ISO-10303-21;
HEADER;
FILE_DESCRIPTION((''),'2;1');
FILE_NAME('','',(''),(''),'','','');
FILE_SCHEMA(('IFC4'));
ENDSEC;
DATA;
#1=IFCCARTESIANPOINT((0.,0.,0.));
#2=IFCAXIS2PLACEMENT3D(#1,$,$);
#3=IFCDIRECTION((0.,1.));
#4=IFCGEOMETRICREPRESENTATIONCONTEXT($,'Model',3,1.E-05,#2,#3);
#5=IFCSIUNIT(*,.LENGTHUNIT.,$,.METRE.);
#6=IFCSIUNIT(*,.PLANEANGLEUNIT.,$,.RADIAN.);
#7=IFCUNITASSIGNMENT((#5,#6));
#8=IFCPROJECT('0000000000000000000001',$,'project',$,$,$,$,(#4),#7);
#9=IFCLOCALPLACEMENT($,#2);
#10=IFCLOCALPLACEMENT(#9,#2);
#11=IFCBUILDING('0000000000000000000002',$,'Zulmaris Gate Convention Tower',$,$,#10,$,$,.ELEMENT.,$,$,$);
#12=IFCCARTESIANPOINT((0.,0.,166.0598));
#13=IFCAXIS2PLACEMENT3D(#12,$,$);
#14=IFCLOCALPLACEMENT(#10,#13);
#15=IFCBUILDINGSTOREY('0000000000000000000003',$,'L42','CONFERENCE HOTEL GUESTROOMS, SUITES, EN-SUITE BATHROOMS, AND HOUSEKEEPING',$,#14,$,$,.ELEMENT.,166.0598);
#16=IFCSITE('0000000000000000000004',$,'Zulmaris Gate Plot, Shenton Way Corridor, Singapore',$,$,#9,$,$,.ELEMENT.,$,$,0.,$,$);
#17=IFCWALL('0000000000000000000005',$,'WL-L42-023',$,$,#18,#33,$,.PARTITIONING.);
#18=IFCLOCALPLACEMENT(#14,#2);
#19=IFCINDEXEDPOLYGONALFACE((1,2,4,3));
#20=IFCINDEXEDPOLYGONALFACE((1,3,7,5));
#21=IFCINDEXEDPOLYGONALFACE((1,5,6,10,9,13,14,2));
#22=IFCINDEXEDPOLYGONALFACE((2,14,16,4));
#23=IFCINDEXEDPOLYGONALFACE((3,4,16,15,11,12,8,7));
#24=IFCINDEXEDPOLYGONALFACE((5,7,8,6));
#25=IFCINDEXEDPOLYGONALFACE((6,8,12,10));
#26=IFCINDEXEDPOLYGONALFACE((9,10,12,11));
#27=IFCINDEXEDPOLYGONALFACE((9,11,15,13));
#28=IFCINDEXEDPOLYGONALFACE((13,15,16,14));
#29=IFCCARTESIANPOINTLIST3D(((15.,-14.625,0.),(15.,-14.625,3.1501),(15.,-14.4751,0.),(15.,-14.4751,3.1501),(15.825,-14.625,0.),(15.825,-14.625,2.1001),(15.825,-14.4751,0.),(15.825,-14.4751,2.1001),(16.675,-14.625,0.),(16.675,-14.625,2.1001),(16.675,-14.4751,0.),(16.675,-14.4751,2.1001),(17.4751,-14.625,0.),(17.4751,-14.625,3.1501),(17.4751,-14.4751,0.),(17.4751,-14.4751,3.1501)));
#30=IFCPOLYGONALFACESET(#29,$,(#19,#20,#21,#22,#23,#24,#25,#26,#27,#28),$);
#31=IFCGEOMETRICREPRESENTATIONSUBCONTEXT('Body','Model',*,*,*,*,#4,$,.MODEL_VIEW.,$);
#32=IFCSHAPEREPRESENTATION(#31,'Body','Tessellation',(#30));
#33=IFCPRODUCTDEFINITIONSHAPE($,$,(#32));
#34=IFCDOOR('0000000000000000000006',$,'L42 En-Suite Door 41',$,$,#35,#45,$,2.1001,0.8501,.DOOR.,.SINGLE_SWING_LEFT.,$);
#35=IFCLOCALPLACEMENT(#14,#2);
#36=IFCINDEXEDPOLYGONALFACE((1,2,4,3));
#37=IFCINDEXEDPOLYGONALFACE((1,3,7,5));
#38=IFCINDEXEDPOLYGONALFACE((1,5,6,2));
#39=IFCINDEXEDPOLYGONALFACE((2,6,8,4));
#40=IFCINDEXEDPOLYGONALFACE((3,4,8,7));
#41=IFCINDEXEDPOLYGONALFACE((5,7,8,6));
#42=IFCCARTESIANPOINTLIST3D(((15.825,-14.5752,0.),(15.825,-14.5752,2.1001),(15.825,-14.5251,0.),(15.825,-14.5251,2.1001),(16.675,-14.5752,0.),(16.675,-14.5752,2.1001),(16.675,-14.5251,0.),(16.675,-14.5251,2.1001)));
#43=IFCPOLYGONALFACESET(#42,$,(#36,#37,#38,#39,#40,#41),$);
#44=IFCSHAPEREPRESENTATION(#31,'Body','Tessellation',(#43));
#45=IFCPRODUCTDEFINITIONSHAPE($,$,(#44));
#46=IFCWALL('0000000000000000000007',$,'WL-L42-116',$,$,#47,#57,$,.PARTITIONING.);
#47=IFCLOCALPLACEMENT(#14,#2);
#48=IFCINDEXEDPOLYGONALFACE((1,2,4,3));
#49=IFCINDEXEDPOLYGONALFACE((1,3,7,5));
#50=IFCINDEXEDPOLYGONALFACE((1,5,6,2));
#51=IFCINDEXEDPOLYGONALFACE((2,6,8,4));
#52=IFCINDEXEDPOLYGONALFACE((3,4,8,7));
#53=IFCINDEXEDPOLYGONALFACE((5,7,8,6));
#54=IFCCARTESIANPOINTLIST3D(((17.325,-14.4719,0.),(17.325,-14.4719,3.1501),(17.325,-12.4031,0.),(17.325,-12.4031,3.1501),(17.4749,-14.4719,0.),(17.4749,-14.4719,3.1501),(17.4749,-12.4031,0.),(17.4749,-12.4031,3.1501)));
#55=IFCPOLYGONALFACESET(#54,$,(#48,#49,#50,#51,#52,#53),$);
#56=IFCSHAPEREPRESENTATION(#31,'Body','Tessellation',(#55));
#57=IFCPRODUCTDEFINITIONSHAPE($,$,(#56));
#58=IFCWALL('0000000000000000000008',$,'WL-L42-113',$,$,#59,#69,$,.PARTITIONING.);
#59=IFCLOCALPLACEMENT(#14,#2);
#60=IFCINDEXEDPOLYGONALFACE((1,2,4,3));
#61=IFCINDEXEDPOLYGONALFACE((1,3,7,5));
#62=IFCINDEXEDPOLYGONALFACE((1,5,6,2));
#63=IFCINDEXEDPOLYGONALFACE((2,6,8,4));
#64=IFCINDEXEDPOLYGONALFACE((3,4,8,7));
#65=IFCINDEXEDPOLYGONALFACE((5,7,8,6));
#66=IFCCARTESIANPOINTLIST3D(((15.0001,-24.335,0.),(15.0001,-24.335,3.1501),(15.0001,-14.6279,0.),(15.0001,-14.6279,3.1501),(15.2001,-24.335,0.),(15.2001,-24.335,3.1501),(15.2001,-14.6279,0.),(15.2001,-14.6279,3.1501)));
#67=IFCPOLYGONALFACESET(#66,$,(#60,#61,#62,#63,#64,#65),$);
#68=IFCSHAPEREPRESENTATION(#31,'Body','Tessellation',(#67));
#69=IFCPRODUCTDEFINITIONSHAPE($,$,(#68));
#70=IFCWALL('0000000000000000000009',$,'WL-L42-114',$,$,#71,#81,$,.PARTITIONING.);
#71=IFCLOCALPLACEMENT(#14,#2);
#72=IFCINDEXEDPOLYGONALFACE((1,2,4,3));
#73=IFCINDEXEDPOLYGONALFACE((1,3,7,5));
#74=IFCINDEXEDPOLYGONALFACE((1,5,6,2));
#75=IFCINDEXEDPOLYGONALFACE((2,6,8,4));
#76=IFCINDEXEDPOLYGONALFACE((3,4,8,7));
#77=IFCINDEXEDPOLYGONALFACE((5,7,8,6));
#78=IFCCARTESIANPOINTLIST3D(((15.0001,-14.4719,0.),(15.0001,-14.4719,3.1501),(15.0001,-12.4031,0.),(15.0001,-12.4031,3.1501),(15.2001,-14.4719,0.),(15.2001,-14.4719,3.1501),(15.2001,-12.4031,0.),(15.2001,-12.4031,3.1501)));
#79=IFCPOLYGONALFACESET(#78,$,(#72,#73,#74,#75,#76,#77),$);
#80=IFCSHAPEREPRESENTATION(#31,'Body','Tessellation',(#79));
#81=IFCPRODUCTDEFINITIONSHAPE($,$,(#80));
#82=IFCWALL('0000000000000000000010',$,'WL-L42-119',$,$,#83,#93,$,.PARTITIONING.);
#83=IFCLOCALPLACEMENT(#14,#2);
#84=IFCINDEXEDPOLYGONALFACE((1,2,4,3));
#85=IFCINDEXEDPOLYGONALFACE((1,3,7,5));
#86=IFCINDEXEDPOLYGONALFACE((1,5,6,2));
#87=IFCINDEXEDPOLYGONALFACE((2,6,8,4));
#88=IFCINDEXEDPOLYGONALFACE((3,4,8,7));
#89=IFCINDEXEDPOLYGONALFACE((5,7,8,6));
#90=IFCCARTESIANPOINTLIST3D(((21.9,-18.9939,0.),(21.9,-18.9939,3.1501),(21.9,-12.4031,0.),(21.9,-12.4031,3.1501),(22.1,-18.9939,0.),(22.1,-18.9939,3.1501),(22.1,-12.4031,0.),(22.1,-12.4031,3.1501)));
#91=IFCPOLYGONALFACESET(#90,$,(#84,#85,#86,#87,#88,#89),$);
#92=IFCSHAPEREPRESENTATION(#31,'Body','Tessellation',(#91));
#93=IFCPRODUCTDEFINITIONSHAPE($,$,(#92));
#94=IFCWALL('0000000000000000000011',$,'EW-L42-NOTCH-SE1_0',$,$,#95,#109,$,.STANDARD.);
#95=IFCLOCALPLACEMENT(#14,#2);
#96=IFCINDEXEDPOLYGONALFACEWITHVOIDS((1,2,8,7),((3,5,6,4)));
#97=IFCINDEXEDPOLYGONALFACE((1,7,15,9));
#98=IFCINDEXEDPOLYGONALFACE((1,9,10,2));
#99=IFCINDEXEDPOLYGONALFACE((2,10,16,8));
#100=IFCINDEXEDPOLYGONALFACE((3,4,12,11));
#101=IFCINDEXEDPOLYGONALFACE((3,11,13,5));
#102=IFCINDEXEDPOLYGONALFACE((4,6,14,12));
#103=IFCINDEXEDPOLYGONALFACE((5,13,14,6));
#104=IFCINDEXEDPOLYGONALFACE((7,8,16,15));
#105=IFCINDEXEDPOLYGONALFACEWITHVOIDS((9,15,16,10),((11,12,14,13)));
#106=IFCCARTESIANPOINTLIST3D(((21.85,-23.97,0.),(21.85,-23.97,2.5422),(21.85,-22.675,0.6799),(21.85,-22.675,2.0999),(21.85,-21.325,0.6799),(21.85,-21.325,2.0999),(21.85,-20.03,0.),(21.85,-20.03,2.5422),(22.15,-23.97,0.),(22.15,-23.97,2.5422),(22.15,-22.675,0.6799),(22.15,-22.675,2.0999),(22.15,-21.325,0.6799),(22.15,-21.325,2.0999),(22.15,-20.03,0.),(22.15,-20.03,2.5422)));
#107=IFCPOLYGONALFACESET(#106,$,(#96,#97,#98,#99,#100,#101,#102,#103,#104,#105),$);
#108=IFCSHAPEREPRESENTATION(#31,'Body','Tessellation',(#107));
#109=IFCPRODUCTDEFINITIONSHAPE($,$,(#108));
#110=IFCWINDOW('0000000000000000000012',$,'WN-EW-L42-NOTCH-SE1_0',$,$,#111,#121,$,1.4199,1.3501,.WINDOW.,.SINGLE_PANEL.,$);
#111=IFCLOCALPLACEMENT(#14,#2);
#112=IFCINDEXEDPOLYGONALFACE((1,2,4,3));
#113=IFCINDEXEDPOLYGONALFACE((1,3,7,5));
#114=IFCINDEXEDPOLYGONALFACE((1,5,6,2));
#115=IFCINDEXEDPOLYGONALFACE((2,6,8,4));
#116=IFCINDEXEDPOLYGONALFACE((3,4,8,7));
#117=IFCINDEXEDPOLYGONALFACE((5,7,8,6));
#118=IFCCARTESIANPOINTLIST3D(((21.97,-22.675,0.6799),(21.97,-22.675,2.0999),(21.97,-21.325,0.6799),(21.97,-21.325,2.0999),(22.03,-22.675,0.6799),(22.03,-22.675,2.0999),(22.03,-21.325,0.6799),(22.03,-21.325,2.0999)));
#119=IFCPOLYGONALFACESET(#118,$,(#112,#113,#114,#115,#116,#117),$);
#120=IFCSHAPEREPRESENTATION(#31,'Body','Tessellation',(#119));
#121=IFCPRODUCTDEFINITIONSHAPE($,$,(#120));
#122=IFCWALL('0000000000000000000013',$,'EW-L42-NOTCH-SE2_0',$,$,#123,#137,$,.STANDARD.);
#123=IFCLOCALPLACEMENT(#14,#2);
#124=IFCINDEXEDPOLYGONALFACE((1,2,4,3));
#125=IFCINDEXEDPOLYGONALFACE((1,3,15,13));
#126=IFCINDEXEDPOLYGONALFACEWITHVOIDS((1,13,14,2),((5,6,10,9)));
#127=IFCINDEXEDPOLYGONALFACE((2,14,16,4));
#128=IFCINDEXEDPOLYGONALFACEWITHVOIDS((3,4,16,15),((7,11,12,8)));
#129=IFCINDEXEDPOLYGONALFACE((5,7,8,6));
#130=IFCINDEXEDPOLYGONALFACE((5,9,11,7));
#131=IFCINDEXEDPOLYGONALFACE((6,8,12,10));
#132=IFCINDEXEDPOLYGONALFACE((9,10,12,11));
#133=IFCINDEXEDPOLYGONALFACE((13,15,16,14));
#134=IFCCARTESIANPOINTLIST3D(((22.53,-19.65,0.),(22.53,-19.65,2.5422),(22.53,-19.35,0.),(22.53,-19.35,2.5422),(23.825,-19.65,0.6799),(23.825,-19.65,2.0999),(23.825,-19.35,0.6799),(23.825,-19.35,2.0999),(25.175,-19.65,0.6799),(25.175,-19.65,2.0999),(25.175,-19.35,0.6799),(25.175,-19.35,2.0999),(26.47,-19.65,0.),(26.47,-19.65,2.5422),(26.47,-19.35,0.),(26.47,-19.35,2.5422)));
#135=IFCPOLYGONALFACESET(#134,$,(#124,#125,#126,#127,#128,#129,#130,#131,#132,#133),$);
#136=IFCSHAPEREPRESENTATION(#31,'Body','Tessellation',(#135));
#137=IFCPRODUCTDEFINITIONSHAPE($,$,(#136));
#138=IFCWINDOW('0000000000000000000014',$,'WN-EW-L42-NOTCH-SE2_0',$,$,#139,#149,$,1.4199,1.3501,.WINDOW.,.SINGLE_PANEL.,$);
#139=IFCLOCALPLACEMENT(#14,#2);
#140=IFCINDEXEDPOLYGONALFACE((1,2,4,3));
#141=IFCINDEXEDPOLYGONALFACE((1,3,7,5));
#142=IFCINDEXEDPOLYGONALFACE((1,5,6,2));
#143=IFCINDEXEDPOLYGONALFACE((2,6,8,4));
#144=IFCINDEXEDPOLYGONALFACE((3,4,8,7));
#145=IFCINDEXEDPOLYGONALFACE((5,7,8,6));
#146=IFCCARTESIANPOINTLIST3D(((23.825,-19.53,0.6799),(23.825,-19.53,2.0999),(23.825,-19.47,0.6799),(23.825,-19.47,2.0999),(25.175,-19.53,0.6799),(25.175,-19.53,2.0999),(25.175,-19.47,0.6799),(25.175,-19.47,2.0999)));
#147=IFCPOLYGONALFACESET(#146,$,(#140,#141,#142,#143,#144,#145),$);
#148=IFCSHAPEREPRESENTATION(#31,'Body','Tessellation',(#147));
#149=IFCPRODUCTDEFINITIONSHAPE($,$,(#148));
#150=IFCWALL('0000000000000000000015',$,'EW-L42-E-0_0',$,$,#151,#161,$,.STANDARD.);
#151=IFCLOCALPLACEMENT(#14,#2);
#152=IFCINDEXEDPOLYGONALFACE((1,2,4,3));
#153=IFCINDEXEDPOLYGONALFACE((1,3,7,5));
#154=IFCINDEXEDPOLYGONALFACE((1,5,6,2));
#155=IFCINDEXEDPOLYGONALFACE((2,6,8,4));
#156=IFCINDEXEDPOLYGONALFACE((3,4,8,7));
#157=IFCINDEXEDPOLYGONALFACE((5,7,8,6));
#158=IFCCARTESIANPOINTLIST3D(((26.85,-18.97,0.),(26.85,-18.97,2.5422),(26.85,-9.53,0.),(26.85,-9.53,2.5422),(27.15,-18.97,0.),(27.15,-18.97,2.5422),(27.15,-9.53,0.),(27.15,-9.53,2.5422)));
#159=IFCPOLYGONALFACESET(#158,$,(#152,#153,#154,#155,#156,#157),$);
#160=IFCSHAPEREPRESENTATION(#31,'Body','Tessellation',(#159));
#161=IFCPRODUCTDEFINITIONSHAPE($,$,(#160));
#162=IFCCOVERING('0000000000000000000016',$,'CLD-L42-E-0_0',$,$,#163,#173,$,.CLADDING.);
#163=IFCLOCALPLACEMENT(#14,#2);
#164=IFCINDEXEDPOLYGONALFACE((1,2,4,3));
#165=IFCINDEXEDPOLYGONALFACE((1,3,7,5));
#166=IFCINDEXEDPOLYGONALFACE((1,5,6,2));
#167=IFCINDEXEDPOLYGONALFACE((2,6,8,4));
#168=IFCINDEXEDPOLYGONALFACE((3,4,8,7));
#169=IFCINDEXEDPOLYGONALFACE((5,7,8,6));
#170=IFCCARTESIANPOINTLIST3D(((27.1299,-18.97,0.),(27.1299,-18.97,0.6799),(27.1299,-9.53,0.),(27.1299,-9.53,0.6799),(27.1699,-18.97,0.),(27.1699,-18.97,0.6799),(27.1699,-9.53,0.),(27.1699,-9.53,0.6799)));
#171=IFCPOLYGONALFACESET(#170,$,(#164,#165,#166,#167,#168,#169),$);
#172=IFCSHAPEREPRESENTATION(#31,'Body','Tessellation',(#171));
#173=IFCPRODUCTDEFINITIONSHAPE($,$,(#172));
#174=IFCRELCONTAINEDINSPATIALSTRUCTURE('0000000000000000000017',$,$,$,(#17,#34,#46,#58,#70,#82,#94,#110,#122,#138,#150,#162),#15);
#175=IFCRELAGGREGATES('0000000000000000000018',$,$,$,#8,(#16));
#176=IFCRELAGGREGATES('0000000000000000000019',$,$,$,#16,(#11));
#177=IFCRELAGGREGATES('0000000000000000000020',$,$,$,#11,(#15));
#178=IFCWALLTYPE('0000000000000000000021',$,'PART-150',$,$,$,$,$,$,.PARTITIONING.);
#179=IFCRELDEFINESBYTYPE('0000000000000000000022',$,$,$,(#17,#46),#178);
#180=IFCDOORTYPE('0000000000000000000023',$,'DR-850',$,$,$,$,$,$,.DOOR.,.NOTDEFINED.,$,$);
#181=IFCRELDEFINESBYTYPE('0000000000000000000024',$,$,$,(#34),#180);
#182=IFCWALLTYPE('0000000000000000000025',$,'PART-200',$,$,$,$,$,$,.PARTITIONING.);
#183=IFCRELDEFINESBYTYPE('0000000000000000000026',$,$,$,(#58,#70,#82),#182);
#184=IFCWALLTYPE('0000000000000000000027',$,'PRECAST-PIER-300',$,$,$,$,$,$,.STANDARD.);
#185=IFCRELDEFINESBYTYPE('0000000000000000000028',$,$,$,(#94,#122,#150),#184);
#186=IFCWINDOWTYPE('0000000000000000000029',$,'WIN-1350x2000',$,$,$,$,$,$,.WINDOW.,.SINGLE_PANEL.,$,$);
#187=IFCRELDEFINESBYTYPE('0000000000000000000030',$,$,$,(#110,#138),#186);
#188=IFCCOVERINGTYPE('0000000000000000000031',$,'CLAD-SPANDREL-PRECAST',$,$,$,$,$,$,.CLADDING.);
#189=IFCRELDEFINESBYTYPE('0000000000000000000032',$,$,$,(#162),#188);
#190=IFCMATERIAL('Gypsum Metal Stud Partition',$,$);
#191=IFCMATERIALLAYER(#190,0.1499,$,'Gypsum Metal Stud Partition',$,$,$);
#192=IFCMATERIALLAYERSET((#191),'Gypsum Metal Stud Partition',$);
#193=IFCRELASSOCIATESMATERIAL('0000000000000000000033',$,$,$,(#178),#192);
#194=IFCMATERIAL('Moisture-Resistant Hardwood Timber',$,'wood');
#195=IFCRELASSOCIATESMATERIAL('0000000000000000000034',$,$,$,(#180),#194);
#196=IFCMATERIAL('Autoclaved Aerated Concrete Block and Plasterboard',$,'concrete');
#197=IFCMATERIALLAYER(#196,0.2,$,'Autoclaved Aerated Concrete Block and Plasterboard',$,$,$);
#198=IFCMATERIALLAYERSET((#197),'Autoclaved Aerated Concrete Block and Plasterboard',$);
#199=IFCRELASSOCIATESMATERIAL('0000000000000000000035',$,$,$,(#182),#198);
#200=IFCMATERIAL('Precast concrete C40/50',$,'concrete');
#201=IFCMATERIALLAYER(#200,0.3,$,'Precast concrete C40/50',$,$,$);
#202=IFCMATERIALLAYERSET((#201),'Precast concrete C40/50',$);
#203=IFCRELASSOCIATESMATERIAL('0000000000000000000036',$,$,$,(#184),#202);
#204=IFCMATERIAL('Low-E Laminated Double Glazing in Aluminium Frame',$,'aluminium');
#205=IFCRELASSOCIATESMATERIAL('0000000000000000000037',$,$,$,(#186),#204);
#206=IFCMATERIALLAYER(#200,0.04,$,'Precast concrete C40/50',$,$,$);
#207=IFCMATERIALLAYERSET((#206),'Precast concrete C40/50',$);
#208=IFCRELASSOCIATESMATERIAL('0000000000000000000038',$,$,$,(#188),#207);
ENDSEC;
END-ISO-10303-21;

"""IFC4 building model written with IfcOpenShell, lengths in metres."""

from ifc_helpers import new_model, si_unit, direction, frame, frame_2d, origin, place, context, subcontext, project, spatial, rectangle, extrude, material, layer, layer_set, type_object, element, fill, save


model = new_model("IFC4")

# Units and contexts
model_context = context("Model", 3, precision=1e-05, world=origin(), true_north=direction((0.0, 1.0)))
body_context = subcontext(model_context, "Body", "Model", "MODEL_VIEW")
ifc_project = project(units=[si_unit("LENGTHUNIT", "METRE"), si_unit("PLANEANGLEUNIT", "RADIAN")], contexts=[model_context])

# Site, building, storey
site_placement = place(None, origin())
site = spatial("IfcSite", under=ifc_project, at=site_placement, Name="Zulmaris Gate Plot, Shenton Way Corridor, Singapore", CompositionType="ELEMENT", RefElevation=0.0)
building_placement = place(site_placement, origin())
building = spatial("IfcBuilding", under=site, at=building_placement, Name="Zulmaris Gate Convention Tower", CompositionType="ELEMENT")
storey_placement = place(building_placement, frame((0.0, 0.0, 166.0598)))
storey = spatial("IfcBuildingStorey", under=building, at=storey_placement, Name="L42", Description="CONFERENCE HOTEL GUESTROOMS, SUITES, EN-SUITE BATHROOMS, AND HOUSEKEEPING", CompositionType="ELEMENT", Elevation=166.0598)

# Wall, opening, door
ifc_material_1 = material(Name="Gypsum Metal Stud Partition")
ifc_layer_1 = layer(ifc_material_1, 0.1499, Name="Gypsum Metal Stud Partition")
ifc_layer_set_1 = layer_set([ifc_layer_1], Name="Gypsum Metal Stud Partition")
wall_type_1 = type_object("IfcWallType", Name="PART-150", PredefinedType="PARTITIONING", material=ifc_layer_set_1)
wall_1_placement = place(storey_placement, frame((15.0, -14.55, 0.0), z_axis=(0.0, 0.0, 1.0), x_axis=(1.0, 0.0, 0.0)))
wall_1 = element("IfcWall", 1, at=wall_1_placement, inside=storey, type_object=wall_type_1, Name="WL-L42-023", PredefinedType="PARTITIONING", context=body_context, shape_type="SweptSolid", body=[
    extrude(rectangle(XDim=2.4751, YDim=0.1499, at=frame_2d((1.2375, 0.0))), origin(), (0.0, 0.0, 1.0), 3.1501),
])
opening_1_placement = place(wall_1_placement, frame((0.825, 0.0, 0.0)))
opening_1 = element("IfcOpeningElement", 2, at=opening_1_placement, cuts=wall_1, PredefinedType="OPENING", context=body_context, shape_type="SweptSolid", body=[
    extrude(rectangle(XDim=0.8501, YDim=2.1001, at=frame_2d((0.425, 1.05))), frame((0.0, 0.085, 0.0), z_axis=(0.0, -1.0, 0.0), x_axis=(1.0, 0.0, 0.0)), (0.0, 0.0, 1.0), 0.1699),
])
ifc_material_2 = material(Name="Moisture-Resistant Hardwood Timber", Category="wood")
door_type = type_object("IfcDoorType", Name="DR-850", OperationType="NOTDEFINED", PredefinedType="DOOR", material=ifc_material_2)
door_placement = place(opening_1_placement, origin())
door = element("IfcDoor", 3, at=door_placement, inside=storey, type_object=door_type, Name="L42 En-Suite Door 41", OperationType="SINGLE_SWING_LEFT", OverallHeight=2.1001, OverallWidth=0.8501, PredefinedType="DOOR", context=body_context, shape_type="SweptSolid", body=[
    extrude(rectangle(XDim=0.8501, YDim=2.1001, at=frame_2d((0.425, 1.05))), frame((0.0, 0.0249, 0.0), z_axis=(0.0, -1.0, 0.0), x_axis=(1.0, 0.0, 0.0)), (0.0, 0.0, 1.0), 0.05),
])
fill(opening_1, door)

# Walls
wall_2_placement = place(storey_placement, frame((17.3999, -14.4719, 0.0), z_axis=(0.0, 0.0, 1.0), x_axis=(0.0, 1.0, 0.0)))
element("IfcWall", 4, at=wall_2_placement, inside=storey, type_object=wall_type_1, Name="WL-L42-116", PredefinedType="PARTITIONING", context=body_context, shape_type="SweptSolid", body=[
    extrude(rectangle(XDim=2.0688, YDim=0.1499, at=frame_2d((1.0344, 0.0))), origin(), (0.0, 0.0, 1.0), 3.1501),
])
ifc_material_3 = material(Name="Autoclaved Aerated Concrete Block and Plasterboard", Category="concrete")
ifc_layer_2 = layer(ifc_material_3, 0.2, Name="Autoclaved Aerated Concrete Block and Plasterboard")
ifc_layer_set_2 = layer_set([ifc_layer_2], Name="Autoclaved Aerated Concrete Block and Plasterboard")
wall_type_2 = type_object("IfcWallType", Name="PART-200", PredefinedType="PARTITIONING", material=ifc_layer_set_2)
wall_3_placement = place(storey_placement, frame((15.1001, -24.335, 0.0), z_axis=(0.0, 0.0, 1.0), x_axis=(0.0, 1.0, 0.0)))
element("IfcWall", 5, at=wall_3_placement, inside=storey, type_object=wall_type_2, Name="WL-L42-113", PredefinedType="PARTITIONING", context=body_context, shape_type="SweptSolid", body=[
    extrude(rectangle(XDim=9.707, YDim=0.2, at=frame_2d((4.8535, 0.0))), origin(), (0.0, 0.0, 1.0), 3.1501),
])
wall_4_placement = place(storey_placement, frame((15.1001, -14.4719, 0.0), z_axis=(0.0, 0.0, 1.0), x_axis=(0.0, 1.0, 0.0)))
element("IfcWall", 6, at=wall_4_placement, inside=storey, type_object=wall_type_2, Name="WL-L42-114", PredefinedType="PARTITIONING", context=body_context, shape_type="SweptSolid", body=[
    extrude(rectangle(XDim=2.0688, YDim=0.2, at=frame_2d((1.0344, 0.0))), origin(), (0.0, 0.0, 1.0), 3.1501),
])
wall_5_placement = place(storey_placement, frame((22.0, -18.9939, 0.0), z_axis=(0.0, 0.0, 1.0), x_axis=(0.0, 1.0, 0.0)))
element("IfcWall", 7, at=wall_5_placement, inside=storey, type_object=wall_type_2, Name="WL-L42-119", PredefinedType="PARTITIONING", context=body_context, shape_type="SweptSolid", body=[
    extrude(rectangle(XDim=6.5908, YDim=0.2, at=frame_2d((3.2954, 0.0))), origin(), (0.0, 0.0, 1.0), 3.1501),
])

# Walls, openings, windows
ifc_material_4 = material(Name="Precast concrete C40/50", Category="concrete")
ifc_layer_3 = layer(ifc_material_4, 0.3, Name="Precast concrete C40/50")
ifc_layer_set_3 = layer_set([ifc_layer_3], Name="Precast concrete C40/50")
wall_type_3 = type_object("IfcWallType", Name="PRECAST-PIER-300", PredefinedType="STANDARD", material=ifc_layer_set_3)
wall_6_placement = place(storey_placement, frame((22.0, -23.97, 0.0), z_axis=(0.0, 0.0, 1.0), x_axis=(0.0, 1.0, 0.0)))
wall_6 = element("IfcWall", 8, at=wall_6_placement, inside=storey, type_object=wall_type_3, Name="EW-L42-NOTCH-SE1_0", PredefinedType="STANDARD", context=body_context, shape_type="SweptSolid", body=[
    extrude(rectangle(XDim=3.9399, YDim=0.3, at=frame_2d((1.97, 0.0))), origin(), (0.0, 0.0, 1.0), 2.5422),
])
opening_2_placement = place(wall_6_placement, frame((1.2949, 0.0, 0.6799)))
opening_2 = element("IfcOpeningElement", 9, at=opening_2_placement, cuts=wall_6, PredefinedType="OPENING", context=body_context, shape_type="SweptSolid", body=[
    extrude(rectangle(XDim=1.3501, YDim=1.4199, at=frame_2d((0.675, 0.71))), frame((0.0, 0.1602, 0.0), z_axis=(0.0, -1.0, 0.0), x_axis=(1.0, 0.0, 0.0)), (0.0, 0.0, 1.0), 0.3201),
])
ifc_material_5 = material(Name="Low-E Laminated Double Glazing in Aluminium Frame", Category="aluminium")
window_type = type_object("IfcWindowType", Name="WIN-1350x2000", PartitioningType="SINGLE_PANEL", PredefinedType="WINDOW", material=ifc_material_5)
window_1_placement = place(opening_2_placement, origin())
window_1 = element("IfcWindow", 10, at=window_1_placement, inside=storey, type_object=window_type, Name="WN-EW-L42-NOTCH-SE1_0", OverallHeight=1.4199, OverallWidth=1.3501, PartitioningType="SINGLE_PANEL", PredefinedType="WINDOW", context=body_context, shape_type="SweptSolid", body=[
    extrude(rectangle(XDim=1.3501, YDim=1.4199, at=frame_2d((0.675, 0.71))), frame((0.0, 0.03, 0.0), z_axis=(0.0, -1.0, 0.0), x_axis=(1.0, 0.0, 0.0)), (0.0, 0.0, 1.0), 0.0601),
])
fill(opening_2, window_1)
wall_7_placement = place(storey_placement, frame((22.53, -19.5, 0.0), z_axis=(0.0, 0.0, 1.0), x_axis=(1.0, 0.0, 0.0)))
wall_7 = element("IfcWall", 11, at=wall_7_placement, inside=storey, type_object=wall_type_3, Name="EW-L42-NOTCH-SE2_0", PredefinedType="STANDARD", context=body_context, shape_type="SweptSolid", body=[
    extrude(rectangle(XDim=3.9399, YDim=0.3, at=frame_2d((1.97, 0.0))), origin(), (0.0, 0.0, 1.0), 2.5422),
])
opening_3_placement = place(wall_7_placement, frame((1.2949, 0.0, 0.6799)))
opening_3 = element("IfcOpeningElement", 12, at=opening_3_placement, cuts=wall_7, PredefinedType="OPENING", context=body_context, shape_type="SweptSolid", body=[
    extrude(rectangle(XDim=1.3501, YDim=1.4199, at=frame_2d((0.675, 0.71))), frame((0.0, 0.1602, 0.0), z_axis=(0.0, -1.0, 0.0), x_axis=(1.0, 0.0, 0.0)), (0.0, 0.0, 1.0), 0.3201),
])
window_2_placement = place(opening_3_placement, origin())
window_2 = element("IfcWindow", 13, at=window_2_placement, inside=storey, type_object=window_type, Name="WN-EW-L42-NOTCH-SE2_0", OverallHeight=1.4199, OverallWidth=1.3501, PartitioningType="SINGLE_PANEL", PredefinedType="WINDOW", context=body_context, shape_type="SweptSolid", body=[
    extrude(rectangle(XDim=1.3501, YDim=1.4199, at=frame_2d((0.675, 0.71))), frame((0.0, 0.03, 0.0), z_axis=(0.0, -1.0, 0.0), x_axis=(1.0, 0.0, 0.0)), (0.0, 0.0, 1.0), 0.0601),
])
fill(opening_3, window_2)

# Wall
wall_8_placement = place(storey_placement, frame((27.0, -18.97, 0.0), z_axis=(0.0, 0.0, 1.0), x_axis=(0.0, 1.0, 0.0)))
element("IfcWall", 14, at=wall_8_placement, inside=storey, type_object=wall_type_3, Name="EW-L42-E-0_0", PredefinedType="STANDARD", context=body_context, shape_type="SweptSolid", body=[
    extrude(rectangle(XDim=9.4399, YDim=0.3, at=frame_2d((4.72, 0.0))), origin(), (0.0, 0.0, 1.0), 2.5422),
])

# Covering
ifc_layer_4 = layer(ifc_material_4, 0.04, Name="Precast concrete C40/50")
ifc_layer_set_4 = layer_set([ifc_layer_4], Name="Precast concrete C40/50")
covering_type_1 = type_object("IfcCoveringType", Name="CLAD-SPANDREL-PRECAST", PredefinedType="CLADDING", material=ifc_layer_set_4)
covering_1_placement = place(storey_placement, frame((27.1499, -18.97, 0.0), z_axis=(0.0, 0.0, 1.0), x_axis=(0.0, 1.0, 0.0)))
element("IfcCovering", 15, at=covering_1_placement, inside=storey, type_object=covering_type_1, Name="CLD-L42-E-0_0", PredefinedType="CLADDING", context=body_context, shape_type="SweptSolid", body=[
    extrude(rectangle(XDim=9.4399, YDim=0.04, at=frame_2d((4.72, 0.0))), origin(), (0.0, 0.0, 1.0), 0.6799),
])

save(model, "model.ifc")
